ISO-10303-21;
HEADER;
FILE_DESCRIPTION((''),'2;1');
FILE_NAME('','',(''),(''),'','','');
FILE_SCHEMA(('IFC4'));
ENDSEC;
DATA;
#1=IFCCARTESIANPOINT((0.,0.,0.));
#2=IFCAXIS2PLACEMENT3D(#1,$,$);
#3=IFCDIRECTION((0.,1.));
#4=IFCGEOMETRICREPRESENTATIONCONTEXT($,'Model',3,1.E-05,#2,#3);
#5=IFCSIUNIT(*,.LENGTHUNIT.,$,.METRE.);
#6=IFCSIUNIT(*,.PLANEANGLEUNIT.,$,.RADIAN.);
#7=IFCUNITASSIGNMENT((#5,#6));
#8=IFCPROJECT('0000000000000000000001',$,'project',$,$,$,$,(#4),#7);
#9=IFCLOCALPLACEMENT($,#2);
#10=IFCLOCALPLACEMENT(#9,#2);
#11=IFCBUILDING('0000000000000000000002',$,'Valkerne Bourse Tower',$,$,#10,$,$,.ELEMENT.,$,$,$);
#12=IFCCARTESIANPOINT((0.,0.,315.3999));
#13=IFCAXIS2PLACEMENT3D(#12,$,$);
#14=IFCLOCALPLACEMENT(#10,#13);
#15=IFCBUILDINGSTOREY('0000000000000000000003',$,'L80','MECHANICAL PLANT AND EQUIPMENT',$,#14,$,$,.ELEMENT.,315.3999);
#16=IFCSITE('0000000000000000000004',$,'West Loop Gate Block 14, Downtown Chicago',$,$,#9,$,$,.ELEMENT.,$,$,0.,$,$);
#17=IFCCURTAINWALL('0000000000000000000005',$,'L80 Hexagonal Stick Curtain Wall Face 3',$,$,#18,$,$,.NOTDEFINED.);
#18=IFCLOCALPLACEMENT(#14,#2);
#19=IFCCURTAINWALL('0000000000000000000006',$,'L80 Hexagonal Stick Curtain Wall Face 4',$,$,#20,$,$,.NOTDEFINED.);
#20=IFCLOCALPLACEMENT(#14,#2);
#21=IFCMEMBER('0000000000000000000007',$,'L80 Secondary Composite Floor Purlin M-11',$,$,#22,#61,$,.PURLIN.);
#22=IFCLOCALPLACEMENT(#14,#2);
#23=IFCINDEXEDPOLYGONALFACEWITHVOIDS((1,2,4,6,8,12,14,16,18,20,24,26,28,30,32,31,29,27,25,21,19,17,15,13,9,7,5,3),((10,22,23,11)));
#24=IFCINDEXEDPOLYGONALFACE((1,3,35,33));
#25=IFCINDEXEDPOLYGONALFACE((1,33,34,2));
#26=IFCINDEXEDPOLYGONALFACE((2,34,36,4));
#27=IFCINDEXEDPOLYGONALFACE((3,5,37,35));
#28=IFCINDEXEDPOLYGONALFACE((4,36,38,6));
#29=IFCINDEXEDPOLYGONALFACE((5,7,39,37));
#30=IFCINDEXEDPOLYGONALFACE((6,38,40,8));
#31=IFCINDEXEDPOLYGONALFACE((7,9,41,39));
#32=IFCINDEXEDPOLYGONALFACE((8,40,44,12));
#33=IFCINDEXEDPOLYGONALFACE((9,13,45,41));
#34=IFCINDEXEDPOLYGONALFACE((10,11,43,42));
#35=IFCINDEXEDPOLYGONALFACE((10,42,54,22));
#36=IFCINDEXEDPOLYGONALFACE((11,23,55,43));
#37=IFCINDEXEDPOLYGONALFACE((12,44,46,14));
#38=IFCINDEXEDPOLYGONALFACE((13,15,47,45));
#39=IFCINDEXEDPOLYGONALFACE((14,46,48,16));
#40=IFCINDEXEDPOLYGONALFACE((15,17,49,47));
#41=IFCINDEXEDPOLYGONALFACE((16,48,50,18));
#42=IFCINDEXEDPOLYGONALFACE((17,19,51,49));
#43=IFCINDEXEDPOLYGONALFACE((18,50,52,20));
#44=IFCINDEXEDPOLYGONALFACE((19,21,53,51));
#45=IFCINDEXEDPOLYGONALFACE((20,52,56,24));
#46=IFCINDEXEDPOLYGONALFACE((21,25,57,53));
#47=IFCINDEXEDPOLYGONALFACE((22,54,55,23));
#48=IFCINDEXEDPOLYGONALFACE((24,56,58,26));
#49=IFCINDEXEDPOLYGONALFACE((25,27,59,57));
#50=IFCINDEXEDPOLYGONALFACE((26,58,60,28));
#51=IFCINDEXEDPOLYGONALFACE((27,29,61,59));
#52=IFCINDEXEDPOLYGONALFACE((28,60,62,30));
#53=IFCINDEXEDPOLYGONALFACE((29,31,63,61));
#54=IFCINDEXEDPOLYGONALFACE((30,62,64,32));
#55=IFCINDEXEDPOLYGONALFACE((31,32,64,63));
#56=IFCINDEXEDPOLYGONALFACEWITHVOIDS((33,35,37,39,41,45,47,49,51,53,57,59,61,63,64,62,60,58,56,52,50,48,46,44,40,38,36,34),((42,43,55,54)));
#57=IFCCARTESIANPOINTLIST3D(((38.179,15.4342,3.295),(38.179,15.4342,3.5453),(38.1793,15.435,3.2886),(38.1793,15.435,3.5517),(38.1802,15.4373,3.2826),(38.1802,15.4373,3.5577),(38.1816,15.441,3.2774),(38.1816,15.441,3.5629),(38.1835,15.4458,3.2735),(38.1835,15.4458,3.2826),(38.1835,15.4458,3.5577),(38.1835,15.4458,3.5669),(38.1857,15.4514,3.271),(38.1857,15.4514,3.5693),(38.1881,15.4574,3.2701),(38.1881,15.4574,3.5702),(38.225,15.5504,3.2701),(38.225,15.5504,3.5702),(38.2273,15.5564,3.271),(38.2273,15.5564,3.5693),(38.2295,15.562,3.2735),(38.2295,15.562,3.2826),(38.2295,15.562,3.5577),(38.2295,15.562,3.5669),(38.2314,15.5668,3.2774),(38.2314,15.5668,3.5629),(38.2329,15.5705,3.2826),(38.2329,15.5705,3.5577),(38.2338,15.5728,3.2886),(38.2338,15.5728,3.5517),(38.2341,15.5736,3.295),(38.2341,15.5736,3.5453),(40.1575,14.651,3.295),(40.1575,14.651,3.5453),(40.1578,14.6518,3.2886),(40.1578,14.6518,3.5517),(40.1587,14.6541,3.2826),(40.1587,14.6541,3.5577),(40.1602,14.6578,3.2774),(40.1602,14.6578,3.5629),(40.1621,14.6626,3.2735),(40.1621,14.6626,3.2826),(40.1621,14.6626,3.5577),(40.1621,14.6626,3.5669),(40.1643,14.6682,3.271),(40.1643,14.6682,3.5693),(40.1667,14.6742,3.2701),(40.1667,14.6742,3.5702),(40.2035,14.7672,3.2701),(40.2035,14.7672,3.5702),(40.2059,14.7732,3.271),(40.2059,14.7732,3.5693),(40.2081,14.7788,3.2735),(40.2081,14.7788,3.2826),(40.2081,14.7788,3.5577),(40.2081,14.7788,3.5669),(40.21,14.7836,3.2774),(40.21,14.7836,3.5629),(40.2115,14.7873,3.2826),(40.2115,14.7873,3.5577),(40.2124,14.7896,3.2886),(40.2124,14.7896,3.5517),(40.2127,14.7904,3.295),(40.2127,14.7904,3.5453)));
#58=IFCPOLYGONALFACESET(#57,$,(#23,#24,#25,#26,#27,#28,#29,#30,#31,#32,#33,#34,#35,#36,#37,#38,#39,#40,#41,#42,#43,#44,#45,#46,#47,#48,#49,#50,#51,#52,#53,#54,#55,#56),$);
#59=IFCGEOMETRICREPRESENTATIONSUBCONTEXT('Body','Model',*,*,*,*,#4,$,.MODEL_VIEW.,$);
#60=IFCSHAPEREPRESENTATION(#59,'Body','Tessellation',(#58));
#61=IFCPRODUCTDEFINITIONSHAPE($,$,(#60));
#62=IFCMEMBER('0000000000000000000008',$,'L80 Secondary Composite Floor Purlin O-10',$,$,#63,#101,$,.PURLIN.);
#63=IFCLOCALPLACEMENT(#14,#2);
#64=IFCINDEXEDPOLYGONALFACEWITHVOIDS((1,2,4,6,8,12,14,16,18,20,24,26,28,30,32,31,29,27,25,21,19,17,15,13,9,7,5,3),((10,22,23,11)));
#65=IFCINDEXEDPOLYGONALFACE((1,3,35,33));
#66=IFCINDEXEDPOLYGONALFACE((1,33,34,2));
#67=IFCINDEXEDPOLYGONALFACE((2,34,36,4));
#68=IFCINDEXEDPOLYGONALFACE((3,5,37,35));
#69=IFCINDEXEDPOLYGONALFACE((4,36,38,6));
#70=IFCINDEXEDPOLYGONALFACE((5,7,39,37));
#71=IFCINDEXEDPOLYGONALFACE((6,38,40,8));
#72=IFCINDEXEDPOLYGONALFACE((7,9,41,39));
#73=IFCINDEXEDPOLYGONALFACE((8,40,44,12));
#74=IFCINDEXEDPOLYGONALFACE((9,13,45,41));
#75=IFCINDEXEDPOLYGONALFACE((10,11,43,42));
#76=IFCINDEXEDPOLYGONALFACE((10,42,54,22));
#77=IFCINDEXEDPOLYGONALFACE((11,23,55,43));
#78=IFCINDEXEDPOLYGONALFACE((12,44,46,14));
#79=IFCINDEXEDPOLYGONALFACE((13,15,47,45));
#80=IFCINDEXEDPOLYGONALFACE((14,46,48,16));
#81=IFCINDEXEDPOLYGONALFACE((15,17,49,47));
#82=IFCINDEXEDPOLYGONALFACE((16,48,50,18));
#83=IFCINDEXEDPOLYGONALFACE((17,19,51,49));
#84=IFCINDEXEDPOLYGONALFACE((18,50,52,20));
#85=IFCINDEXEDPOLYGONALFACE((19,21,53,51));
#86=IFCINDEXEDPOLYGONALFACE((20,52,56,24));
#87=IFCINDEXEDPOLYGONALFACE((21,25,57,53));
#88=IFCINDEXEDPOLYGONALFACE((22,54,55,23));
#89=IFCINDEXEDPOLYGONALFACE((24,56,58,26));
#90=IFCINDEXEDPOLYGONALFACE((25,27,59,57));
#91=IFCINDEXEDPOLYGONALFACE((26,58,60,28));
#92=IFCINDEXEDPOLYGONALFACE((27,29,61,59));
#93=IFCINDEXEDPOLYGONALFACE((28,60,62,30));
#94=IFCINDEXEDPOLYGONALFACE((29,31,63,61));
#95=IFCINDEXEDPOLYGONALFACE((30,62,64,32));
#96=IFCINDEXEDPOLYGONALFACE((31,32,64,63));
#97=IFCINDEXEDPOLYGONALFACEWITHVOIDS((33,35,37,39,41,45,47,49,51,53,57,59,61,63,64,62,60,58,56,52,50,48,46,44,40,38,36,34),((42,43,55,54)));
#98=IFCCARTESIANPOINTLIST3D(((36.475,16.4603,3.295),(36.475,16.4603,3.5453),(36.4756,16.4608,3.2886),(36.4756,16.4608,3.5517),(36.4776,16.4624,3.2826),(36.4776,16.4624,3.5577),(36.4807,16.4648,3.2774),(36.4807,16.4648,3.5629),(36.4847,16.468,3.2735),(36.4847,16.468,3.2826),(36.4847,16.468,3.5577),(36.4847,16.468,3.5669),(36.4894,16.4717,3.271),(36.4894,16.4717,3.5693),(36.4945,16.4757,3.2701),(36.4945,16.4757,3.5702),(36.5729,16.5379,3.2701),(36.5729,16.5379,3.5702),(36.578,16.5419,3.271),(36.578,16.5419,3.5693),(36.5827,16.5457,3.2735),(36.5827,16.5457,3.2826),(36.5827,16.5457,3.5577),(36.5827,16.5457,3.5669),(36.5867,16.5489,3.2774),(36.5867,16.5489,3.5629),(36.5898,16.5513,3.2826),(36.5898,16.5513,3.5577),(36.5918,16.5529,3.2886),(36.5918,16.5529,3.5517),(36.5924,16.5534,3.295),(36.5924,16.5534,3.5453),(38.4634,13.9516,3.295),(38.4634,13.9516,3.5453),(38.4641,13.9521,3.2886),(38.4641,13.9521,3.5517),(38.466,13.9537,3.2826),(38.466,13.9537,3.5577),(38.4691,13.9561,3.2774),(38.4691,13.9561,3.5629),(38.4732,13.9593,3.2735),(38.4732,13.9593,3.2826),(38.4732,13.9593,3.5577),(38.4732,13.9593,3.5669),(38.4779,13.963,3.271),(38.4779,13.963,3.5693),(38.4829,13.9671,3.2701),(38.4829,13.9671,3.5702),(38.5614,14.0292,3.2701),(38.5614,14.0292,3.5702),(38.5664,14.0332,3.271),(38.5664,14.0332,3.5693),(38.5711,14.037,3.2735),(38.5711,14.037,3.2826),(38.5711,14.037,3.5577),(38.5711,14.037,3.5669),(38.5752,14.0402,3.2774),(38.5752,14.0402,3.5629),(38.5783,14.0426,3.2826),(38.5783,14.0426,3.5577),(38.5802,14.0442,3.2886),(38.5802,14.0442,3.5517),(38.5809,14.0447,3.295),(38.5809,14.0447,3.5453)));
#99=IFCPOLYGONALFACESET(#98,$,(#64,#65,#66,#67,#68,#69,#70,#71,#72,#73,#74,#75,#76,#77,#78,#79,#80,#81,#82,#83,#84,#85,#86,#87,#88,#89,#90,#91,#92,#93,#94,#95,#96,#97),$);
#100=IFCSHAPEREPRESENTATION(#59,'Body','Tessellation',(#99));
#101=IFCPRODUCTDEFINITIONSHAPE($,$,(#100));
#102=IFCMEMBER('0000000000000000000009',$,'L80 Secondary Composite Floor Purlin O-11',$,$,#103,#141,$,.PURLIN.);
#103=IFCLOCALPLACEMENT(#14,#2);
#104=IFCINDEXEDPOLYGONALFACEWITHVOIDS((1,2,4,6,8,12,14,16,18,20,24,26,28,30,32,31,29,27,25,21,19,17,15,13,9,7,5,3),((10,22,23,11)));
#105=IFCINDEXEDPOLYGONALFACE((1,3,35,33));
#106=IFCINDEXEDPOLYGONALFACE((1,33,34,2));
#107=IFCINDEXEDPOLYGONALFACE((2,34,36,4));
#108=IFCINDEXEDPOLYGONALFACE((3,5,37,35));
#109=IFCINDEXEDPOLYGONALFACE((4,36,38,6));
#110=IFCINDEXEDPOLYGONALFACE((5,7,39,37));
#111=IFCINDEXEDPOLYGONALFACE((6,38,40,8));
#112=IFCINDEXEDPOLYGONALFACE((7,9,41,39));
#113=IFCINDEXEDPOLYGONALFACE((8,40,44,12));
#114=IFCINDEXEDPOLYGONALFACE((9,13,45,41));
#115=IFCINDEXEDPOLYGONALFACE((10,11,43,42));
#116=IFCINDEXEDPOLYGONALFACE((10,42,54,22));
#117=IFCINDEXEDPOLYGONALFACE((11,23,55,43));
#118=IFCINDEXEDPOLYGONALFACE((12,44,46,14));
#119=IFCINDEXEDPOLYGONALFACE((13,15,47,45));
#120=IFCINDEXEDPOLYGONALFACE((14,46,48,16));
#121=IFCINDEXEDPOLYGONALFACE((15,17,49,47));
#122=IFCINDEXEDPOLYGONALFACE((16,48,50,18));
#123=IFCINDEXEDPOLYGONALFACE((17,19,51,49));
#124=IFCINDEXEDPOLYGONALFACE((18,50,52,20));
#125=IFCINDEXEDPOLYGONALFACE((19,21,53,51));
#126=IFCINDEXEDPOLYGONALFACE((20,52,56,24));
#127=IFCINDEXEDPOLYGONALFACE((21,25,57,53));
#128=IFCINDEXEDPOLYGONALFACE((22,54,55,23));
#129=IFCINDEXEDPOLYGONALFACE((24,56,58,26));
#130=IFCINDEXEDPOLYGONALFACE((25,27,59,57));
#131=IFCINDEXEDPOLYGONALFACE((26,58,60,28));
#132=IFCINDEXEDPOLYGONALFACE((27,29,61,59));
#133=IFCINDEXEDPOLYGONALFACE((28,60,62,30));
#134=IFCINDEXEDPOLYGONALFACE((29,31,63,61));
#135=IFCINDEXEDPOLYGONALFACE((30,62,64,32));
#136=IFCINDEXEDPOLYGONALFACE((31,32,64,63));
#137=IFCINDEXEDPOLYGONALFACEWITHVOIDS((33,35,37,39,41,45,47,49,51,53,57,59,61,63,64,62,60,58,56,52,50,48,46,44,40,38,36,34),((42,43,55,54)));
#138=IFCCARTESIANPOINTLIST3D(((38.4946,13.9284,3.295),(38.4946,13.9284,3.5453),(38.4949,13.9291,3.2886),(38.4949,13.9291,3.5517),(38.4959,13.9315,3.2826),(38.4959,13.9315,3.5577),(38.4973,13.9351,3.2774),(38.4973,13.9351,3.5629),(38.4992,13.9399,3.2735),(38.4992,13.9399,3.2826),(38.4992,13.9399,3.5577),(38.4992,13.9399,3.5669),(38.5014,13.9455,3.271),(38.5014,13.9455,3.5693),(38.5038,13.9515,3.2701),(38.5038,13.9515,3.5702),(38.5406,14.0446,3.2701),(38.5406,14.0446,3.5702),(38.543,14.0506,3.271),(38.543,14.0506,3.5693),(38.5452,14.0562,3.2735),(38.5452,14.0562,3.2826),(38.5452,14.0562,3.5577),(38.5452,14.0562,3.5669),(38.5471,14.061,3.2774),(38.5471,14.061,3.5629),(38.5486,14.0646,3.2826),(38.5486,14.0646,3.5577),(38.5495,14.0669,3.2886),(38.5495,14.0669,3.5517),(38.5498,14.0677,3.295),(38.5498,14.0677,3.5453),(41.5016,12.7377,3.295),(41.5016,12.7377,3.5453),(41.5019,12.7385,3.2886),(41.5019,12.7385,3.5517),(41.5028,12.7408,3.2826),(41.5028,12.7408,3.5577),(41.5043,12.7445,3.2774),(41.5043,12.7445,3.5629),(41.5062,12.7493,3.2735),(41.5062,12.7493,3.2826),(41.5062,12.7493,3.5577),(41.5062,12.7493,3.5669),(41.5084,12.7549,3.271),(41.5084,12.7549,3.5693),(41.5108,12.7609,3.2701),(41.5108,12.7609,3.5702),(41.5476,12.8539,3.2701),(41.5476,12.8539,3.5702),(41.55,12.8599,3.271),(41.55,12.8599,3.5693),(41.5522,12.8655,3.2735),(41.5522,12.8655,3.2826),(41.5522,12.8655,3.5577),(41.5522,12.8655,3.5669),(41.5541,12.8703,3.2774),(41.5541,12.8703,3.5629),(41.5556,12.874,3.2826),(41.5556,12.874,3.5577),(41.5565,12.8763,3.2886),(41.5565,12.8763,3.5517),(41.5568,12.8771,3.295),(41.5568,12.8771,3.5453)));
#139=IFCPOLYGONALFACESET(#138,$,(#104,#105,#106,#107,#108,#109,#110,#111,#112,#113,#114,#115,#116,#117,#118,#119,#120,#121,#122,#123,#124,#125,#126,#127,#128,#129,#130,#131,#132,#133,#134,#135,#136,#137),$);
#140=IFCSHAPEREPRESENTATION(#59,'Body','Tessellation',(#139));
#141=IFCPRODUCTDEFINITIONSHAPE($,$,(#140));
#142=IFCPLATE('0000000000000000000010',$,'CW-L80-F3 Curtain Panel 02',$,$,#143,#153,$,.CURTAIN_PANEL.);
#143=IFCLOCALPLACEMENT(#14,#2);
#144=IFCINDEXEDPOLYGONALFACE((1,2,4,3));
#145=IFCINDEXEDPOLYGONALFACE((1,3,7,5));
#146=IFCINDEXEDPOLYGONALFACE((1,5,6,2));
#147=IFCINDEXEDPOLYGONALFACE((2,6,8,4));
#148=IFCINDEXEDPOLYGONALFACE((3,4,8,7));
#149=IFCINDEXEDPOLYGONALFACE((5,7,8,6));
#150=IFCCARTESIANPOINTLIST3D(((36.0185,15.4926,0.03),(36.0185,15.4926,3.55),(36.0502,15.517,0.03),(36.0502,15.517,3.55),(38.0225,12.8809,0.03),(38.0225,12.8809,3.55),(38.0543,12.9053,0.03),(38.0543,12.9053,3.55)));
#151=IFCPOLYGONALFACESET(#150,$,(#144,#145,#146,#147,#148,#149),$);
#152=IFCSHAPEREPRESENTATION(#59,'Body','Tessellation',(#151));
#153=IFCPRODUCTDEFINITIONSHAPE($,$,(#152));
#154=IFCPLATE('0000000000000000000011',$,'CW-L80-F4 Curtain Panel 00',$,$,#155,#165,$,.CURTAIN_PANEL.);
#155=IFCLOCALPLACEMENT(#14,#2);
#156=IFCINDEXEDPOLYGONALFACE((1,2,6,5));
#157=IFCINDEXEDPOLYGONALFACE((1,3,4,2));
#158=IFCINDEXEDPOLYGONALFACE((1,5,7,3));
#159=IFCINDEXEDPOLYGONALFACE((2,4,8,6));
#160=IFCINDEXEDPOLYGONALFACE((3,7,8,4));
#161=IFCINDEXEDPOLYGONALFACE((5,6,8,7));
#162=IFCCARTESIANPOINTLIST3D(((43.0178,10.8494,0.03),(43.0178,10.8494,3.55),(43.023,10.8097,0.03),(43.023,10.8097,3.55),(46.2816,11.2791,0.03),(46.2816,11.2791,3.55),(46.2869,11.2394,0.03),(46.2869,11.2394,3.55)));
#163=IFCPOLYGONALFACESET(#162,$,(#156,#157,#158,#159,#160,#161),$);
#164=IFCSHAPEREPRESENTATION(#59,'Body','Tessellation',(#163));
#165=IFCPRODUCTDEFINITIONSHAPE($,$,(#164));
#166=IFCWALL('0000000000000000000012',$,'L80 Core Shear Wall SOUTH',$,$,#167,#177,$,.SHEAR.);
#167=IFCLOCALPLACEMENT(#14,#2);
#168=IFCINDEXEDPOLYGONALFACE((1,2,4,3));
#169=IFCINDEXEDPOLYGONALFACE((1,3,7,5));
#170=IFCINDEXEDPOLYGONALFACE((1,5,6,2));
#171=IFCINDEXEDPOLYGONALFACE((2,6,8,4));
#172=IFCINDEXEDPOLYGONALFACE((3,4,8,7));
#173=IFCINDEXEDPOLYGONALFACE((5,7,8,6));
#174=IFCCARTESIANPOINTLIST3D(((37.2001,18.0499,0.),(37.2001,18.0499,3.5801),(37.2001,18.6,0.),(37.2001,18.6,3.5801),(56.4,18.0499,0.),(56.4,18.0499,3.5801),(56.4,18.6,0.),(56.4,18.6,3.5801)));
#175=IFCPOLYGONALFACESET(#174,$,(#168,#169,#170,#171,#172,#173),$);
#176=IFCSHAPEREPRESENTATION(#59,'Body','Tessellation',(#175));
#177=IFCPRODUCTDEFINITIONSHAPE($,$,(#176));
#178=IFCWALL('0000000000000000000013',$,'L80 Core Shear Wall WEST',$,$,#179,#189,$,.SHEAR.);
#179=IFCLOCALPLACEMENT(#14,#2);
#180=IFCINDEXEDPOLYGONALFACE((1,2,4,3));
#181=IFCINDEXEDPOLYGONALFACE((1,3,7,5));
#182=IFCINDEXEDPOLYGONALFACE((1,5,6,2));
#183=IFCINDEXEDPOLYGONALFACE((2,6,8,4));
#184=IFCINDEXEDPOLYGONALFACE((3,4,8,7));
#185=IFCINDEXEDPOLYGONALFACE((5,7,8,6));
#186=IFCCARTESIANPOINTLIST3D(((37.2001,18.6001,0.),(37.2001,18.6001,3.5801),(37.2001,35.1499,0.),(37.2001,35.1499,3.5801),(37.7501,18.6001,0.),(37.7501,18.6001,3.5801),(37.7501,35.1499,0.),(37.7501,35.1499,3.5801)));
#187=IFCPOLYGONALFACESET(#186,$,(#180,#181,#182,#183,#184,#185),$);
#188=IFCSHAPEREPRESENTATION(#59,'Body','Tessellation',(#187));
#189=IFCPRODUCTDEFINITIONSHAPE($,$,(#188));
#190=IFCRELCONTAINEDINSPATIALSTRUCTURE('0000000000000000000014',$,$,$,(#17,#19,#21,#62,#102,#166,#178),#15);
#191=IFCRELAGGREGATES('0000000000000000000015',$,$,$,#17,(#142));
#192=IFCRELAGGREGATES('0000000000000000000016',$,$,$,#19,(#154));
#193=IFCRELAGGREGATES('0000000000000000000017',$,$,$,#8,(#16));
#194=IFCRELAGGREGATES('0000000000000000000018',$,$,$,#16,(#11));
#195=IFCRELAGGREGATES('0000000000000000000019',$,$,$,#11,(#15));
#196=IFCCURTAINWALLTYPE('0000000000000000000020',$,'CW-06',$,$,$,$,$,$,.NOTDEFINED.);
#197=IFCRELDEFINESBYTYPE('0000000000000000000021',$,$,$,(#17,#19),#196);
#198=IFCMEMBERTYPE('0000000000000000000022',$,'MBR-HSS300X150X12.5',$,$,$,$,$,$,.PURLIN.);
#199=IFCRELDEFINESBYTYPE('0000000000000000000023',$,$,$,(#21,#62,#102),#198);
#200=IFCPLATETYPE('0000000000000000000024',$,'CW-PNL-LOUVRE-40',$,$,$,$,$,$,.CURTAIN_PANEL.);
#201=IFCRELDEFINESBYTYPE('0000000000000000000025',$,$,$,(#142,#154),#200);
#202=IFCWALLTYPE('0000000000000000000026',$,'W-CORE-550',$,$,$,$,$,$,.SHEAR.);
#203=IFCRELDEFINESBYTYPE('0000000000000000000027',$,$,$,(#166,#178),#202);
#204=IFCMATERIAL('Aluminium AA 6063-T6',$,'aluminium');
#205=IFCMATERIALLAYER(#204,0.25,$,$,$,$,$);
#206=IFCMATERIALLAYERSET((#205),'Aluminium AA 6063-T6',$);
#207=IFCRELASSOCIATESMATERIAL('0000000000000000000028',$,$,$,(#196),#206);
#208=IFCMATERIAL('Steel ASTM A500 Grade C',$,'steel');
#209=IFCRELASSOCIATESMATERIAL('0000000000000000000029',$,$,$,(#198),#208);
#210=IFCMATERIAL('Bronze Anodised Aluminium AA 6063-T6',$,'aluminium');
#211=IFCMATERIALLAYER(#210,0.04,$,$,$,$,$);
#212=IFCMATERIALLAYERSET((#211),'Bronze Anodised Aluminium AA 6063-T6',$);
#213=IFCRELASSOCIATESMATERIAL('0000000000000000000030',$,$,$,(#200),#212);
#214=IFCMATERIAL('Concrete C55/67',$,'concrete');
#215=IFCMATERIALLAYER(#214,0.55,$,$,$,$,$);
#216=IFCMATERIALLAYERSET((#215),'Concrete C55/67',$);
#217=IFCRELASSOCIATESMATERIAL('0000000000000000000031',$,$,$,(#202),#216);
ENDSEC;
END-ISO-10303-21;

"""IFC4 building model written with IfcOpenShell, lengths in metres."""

from ifc_helpers import new_model, si_unit, direction, frame, frame_2d, origin, origin_2d, place, context, subcontext, project, spatial, rectangle, hollow_rectangle, extrude, material, layer, layer_set, material_profile, profile_set, type_object, element, aggregate, save


model = new_model("IFC4")

# Units and contexts
model_context = context("Model", 3, precision=1e-05, world=origin(), true_north=direction((0.0, 1.0)))
body_context = subcontext(model_context, "Body", "Model", "MODEL_VIEW")
ifc_project = project(units=[si_unit("LENGTHUNIT", "METRE"), si_unit("PLANEANGLEUNIT", "RADIAN")], contexts=[model_context])

# Site, building, storey
site_placement = place(None, origin())
site = spatial("IfcSite", under=ifc_project, at=site_placement, Name="West Loop Gate Block 14, Downtown Chicago", CompositionType="ELEMENT", RefElevation=0.0)
building_placement = place(site_placement, origin())
building = spatial("IfcBuilding", under=site, at=building_placement, Name="Valkerne Bourse Tower", CompositionType="ELEMENT")
storey_placement = place(building_placement, frame((0.0, 0.0, 315.3999)))
storey = spatial("IfcBuildingStorey", under=building, at=storey_placement, Name="L80", Description="MECHANICAL PLANT AND EQUIPMENT", CompositionType="ELEMENT", Elevation=315.3999)

# Shared definitions
ifc_material_1 = material(Name="Steel ASTM A500 Grade C", Category="steel")

# Curtain walls
ifc_material_2 = material(Name="Aluminium AA 6063-T6", Category="aluminium")
ifc_layer_1 = layer(ifc_material_2, 0.25)
ifc_layer_set_1 = layer_set([ifc_layer_1], Name="Aluminium AA 6063-T6")
curtain_wall_type = type_object("IfcCurtainWallType", Name="CW-06", PredefinedType="NOTDEFINED", material=ifc_layer_set_1)
curtain_wall_1_placement = place(storey_placement, origin())
curtain_wall_1 = element("IfcCurtainWall", 1, at=curtain_wall_1_placement, inside=storey, type_object=curtain_wall_type, Name="L80 Hexagonal Stick Curtain Wall Face 3", PredefinedType="NOTDEFINED")
curtain_wall_2_placement = place(storey_placement, origin())
curtain_wall_2 = element("IfcCurtainWall", 2, at=curtain_wall_2_placement, inside=storey, type_object=curtain_wall_type, Name="L80 Hexagonal Stick Curtain Wall Face 4", PredefinedType="NOTDEFINED")

# Members
ifc_material_profile_1 = material_profile(ifc_material_1, hollow_rectangle(XDim=0.1499, YDim=0.3, WallThickness=0.0125, OuterFilletRadius=0.0249, at=origin_2d()), Name="HSS300X150X12.5")
ifc_profile_set_1 = profile_set([ifc_material_profile_1], Name="Steel ASTM A500 Grade C")
member_type_1 = type_object("IfcMemberType", Name="MBR-HSS300X150X12.5", PredefinedType="PURLIN", material=ifc_profile_set_1)
member_1_placement = place(storey_placement, frame((38.2065, 15.5039, 3.4202), z_axis=(0.9298, -0.368065, 0.0), x_axis=(0.368065, 0.9298, 0.0)))
element("IfcMember", 3, at=member_1_placement, inside=storey, type_object=member_type_1, Name="L80 Secondary Composite Floor Purlin M-11", PredefinedType="PURLIN", context=body_context, shape_type="SweptSolid", body=[
    extrude(hollow_rectangle(XDim=0.1499, YDim=0.3, WallThickness=0.0125, OuterFilletRadius=0.0249, at=origin_2d()), origin(), (0.0, 0.0, 1.0), 2.1279),
])
member_2_placement = place(storey_placement, frame((36.5337, 16.5068, 3.4202), z_axis=(0.621164, -0.783681, 0.0), x_axis=(0.783681, 0.621164, 0.0)))
element("IfcMember", 4, at=member_2_placement, inside=storey, type_object=member_type_1, Name="L80 Secondary Composite Floor Purlin O-10", PredefinedType="PURLIN", context=body_context, shape_type="SweptSolid", body=[
    extrude(hollow_rectangle(XDim=0.1499, YDim=0.3, WallThickness=0.0125, OuterFilletRadius=0.0249, at=origin_2d()), origin(), (0.0, 0.0, 1.0), 3.2012),
])
member_3_placement = place(storey_placement, frame((38.5222, 13.998, 3.4202), z_axis=(0.929767, -0.368148, 0.0), x_axis=(0.368148, 0.929767, 0.0)))
element("IfcMember", 5, at=member_3_placement, inside=storey, type_object=member_type_1, Name="L80 Secondary Composite Floor Purlin O-11", PredefinedType="PURLIN", context=body_context, shape_type="SweptSolid", body=[
    extrude(hollow_rectangle(XDim=0.1499, YDim=0.3, WallThickness=0.0125, OuterFilletRadius=0.0249, at=origin_2d()), origin(), (0.0, 0.0, 1.0), 3.2341),
])

# Plates
ifc_material_3 = material(Name="Bronze Anodised Aluminium AA 6063-T6", Category="aluminium")
ifc_layer_2 = layer(ifc_material_3, 0.04)
ifc_layer_set_2 = layer_set([ifc_layer_2], Name="Bronze Anodised Aluminium AA 6063-T6")
plate_type = type_object("IfcPlateType", Name="CW-PNL-LOUVRE-40", PredefinedType="CURTAIN_PANEL", material=ifc_layer_set_2)
plate_1_placement = place(storey_placement, frame((37.0364, 14.199, 0.03), z_axis=(0.0, 0.0, 1.0), x_axis=(0.608761, -0.793353, 0.0)))
plate_1 = element("IfcPlate", 6, at=plate_1_placement, type_object=plate_type, Name="CW-L80-F3 Curtain Panel 02", PredefinedType="CURTAIN_PANEL", context=body_context, shape_type="SweptSolid", body=[
    extrude(rectangle(XDim=3.292, YDim=0.04, at=origin_2d()), origin(), (0.0, 0.0, 1.0), 3.52),
])
aggregate(curtain_wall_1, [plate_1])
plate_2_placement = place(storey_placement, frame((44.6523, 11.0444, 0.03), z_axis=(0.0, 0.0, 1.0), x_axis=(0.991444, 0.130531, 0.0)))
plate_2 = element("IfcPlate", 7, at=plate_2_placement, type_object=plate_type, Name="CW-L80-F4 Curtain Panel 00", PredefinedType="CURTAIN_PANEL", context=body_context, shape_type="SweptSolid", body=[
    extrude(rectangle(XDim=3.292, YDim=0.04, at=origin_2d()), origin(), (0.0, 0.0, 1.0), 3.52),
])
aggregate(curtain_wall_2, [plate_2])

# Walls
ifc_material_4 = material(Name="Concrete C55/67", Category="concrete")
ifc_layer_3 = layer(ifc_material_4, 0.55)
ifc_layer_set_3 = layer_set([ifc_layer_3], Name="Concrete C55/67")
wall_type_1 = type_object("IfcWallType", Name="W-CORE-550", PredefinedType="SHEAR", material=ifc_layer_set_3)
wall_1_placement = place(storey_placement, frame((37.2, 18.325, 0.0), z_axis=(0.0, 0.0, 1.0), x_axis=(1.0, 0.0, 0.0)))
element("IfcWall", 8, at=wall_1_placement, inside=storey, type_object=wall_type_1, Name="L80 Core Shear Wall SOUTH", PredefinedType="SHEAR", context=body_context, shape_type="SweptSolid", body=[
    extrude(rectangle(XDim=19.2, YDim=0.55, at=frame_2d((9.6001, 0.0))), origin(), (0.0, 0.0, 1.0), 3.5801),
])
wall_2_placement = place(storey_placement, frame((37.4751, 18.6001, 0.0), z_axis=(0.0, 0.0, 1.0), x_axis=(0.0, 1.0, 0.0)))
element("IfcWall", 9, at=wall_2_placement, inside=storey, type_object=wall_type_1, Name="L80 Core Shear Wall WEST", PredefinedType="SHEAR", context=body_context, shape_type="SweptSolid", body=[
    extrude(rectangle(XDim=16.5498, YDim=0.55, at=frame_2d((8.2749, 0.0))), origin(), (0.0, 0.0, 1.0), 3.5801),
])

save(model, "model.ifc")
